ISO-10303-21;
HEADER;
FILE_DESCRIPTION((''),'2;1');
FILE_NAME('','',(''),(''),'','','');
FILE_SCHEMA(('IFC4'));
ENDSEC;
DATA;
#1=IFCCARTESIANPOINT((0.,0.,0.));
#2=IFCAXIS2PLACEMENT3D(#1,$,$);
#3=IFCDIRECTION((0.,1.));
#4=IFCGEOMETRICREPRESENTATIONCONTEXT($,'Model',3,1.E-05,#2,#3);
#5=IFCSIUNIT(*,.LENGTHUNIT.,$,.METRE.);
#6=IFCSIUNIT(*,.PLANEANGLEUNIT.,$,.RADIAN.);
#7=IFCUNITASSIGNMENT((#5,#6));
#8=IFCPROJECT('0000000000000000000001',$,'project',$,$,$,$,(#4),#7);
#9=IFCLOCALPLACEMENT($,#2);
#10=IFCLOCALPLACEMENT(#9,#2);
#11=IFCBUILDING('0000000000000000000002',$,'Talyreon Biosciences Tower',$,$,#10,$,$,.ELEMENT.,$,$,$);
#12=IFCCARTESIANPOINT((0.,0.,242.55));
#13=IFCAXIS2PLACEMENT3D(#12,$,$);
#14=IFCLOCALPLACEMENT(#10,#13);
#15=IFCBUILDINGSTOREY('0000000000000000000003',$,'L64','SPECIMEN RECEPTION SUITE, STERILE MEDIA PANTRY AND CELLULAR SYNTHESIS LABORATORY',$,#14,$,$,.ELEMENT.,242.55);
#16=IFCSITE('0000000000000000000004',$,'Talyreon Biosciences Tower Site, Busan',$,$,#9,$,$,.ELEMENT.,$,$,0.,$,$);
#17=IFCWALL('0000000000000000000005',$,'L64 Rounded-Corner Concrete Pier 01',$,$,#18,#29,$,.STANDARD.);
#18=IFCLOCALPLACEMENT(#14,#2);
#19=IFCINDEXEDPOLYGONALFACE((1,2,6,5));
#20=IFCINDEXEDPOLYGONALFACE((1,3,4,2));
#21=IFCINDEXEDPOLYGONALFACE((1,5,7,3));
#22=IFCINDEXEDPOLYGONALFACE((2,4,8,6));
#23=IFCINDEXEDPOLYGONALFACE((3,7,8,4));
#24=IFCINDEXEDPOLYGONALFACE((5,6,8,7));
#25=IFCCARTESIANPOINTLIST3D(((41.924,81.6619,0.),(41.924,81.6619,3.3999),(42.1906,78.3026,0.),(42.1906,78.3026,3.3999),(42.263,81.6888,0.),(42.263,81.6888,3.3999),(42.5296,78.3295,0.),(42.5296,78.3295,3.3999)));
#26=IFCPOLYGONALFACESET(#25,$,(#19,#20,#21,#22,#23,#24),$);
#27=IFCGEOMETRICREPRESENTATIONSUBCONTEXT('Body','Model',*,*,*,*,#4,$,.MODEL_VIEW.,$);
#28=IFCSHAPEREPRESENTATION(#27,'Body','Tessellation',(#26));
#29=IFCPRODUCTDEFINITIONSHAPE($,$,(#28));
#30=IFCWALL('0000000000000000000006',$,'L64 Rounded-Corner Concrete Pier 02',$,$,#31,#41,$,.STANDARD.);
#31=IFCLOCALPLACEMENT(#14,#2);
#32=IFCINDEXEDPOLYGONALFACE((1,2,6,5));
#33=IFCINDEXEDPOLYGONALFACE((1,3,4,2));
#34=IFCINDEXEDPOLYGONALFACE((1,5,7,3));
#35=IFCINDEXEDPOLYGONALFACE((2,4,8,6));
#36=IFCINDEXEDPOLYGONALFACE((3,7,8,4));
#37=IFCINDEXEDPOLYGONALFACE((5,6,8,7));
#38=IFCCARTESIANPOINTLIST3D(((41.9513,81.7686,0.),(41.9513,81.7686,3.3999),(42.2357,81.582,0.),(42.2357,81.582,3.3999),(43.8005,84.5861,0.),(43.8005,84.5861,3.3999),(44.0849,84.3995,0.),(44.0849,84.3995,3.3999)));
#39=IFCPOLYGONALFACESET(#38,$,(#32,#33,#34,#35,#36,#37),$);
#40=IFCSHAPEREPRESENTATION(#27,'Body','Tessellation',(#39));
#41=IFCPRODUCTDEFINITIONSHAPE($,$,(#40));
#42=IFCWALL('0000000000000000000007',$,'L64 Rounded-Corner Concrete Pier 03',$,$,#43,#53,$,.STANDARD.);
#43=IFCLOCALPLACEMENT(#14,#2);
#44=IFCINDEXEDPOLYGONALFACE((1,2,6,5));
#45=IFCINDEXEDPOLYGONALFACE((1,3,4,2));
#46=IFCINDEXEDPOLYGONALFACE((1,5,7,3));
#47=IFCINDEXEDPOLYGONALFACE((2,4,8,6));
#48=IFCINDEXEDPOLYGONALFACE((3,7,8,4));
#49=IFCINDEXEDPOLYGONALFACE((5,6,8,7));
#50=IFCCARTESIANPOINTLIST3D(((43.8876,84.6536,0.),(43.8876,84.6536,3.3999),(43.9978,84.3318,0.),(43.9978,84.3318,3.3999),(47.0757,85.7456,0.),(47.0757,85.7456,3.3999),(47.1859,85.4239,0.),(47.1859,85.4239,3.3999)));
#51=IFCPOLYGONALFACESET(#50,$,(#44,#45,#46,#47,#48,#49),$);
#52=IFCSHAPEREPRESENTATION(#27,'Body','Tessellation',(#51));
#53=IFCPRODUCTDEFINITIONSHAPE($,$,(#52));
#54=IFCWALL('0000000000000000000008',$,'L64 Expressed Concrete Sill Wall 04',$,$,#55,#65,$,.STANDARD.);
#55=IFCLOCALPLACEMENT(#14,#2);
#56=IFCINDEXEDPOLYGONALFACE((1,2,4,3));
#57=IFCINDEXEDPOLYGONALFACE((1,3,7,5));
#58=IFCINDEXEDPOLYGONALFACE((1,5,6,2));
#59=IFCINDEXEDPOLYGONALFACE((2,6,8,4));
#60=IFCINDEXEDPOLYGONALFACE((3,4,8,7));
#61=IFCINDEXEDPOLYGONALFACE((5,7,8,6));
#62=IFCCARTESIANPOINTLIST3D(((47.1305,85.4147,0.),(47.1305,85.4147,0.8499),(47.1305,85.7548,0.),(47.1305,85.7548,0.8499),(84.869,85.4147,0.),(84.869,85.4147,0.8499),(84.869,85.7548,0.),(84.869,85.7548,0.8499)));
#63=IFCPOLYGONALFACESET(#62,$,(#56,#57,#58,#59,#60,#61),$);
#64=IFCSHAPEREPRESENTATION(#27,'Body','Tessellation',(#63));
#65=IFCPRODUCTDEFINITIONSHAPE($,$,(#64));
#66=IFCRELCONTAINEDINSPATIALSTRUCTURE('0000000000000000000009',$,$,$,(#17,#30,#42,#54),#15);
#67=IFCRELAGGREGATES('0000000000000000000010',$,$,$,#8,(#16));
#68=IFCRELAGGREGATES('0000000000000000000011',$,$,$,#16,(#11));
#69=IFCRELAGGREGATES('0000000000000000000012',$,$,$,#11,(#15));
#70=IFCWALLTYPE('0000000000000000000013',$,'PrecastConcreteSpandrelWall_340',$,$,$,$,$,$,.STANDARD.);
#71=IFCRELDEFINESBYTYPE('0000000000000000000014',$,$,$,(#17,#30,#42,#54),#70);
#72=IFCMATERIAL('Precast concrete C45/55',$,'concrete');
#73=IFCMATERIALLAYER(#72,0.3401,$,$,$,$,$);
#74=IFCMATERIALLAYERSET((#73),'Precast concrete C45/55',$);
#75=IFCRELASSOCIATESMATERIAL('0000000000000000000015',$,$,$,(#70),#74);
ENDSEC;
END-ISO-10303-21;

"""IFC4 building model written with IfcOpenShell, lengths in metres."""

from ifc_helpers import new_model, si_unit, direction, frame, frame_2d, origin, place, context, subcontext, project, spatial, rectangle, extrude, material, layer, layer_set, type_object, element, save


model = new_model("IFC4")

# Units and contexts
model_context = context("Model", 3, precision=1e-05, world=origin(), true_north=direction((0.0, 1.0)))
body_context = subcontext(model_context, "Body", "Model", "MODEL_VIEW")
ifc_project = project(units=[si_unit("LENGTHUNIT", "METRE"), si_unit("PLANEANGLEUNIT", "RADIAN")], contexts=[model_context])

# Site, building, storey
site_placement = place(None, origin())
site = spatial("IfcSite", under=ifc_project, at=site_placement, Name="Talyreon Biosciences Tower Site, Busan", CompositionType="ELEMENT", RefElevation=0.0)
building_placement = place(site_placement, origin())
building = spatial("IfcBuilding", under=site, at=building_placement, Name="Talyreon Biosciences Tower", CompositionType="ELEMENT")
storey_placement = place(building_placement, frame((0.0, 0.0, 242.55)))
storey = spatial("IfcBuildingStorey", under=building, at=storey_placement, Name="L64", Description="SPECIMEN RECEPTION SUITE, STERILE MEDIA PANTRY AND CELLULAR SYNTHESIS LABORATORY", CompositionType="ELEMENT", Elevation=242.55)

# Shared definitions
ifc_material_1 = material(Name="Precast concrete C45/55", Category="concrete")

# Walls
ifc_layer_1 = layer(ifc_material_1, 0.3401)
ifc_layer_set_1 = layer_set([ifc_layer_1], Name="Precast concrete C45/55")
wall_type_1 = type_object("IfcWallType", Name="PrecastConcreteSpandrelWall_340", PredefinedType="STANDARD", material=ifc_layer_set_1)
wall_1_placement = place(storey_placement, frame((42.3601, 78.3159, 0.0), z_axis=(0.0, 0.0, 1.0), x_axis=(-0.079112, 0.996866, 0.0)))
element("IfcWall", 1, at=wall_1_placement, inside=storey, type_object=wall_type_1, Name="L64 Rounded-Corner Concrete Pier 01", PredefinedType="STANDARD", context=body_context, shape_type="SweptSolid", body=[
    extrude(rectangle(XDim=3.3699, YDim=0.3401, at=frame_2d((1.6851, 0.0))), origin(), (0.0, 0.0, 1.0), 3.3999),
])
wall_2_placement = place(storey_placement, frame((42.0935, 81.6753, 0.0), z_axis=(0.0, 0.0, 1.0), x_axis=(0.548701, 0.836019, 0.0)))
element("IfcWall", 2, at=wall_2_placement, inside=storey, type_object=wall_type_1, Name="L64 Rounded-Corner Concrete Pier 02", PredefinedType="STANDARD", context=body_context, shape_type="SweptSolid", body=[
    extrude(rectangle(XDim=3.3701, YDim=0.3401, at=frame_2d((1.6851, 0.0))), origin(), (0.0, 0.0, 1.0), 3.3999),
])
wall_3_placement = place(storey_placement, frame((43.9426, 84.4927, 0.0), z_axis=(0.0, 0.0, 1.0), x_axis=(0.946035, 0.324063, 0.0)))
element("IfcWall", 3, at=wall_3_placement, inside=storey, type_object=wall_type_1, Name="L64 Rounded-Corner Concrete Pier 03", PredefinedType="STANDARD", context=body_context, shape_type="SweptSolid", body=[
    extrude(rectangle(XDim=3.3699, YDim=0.3401, at=frame_2d((1.6851, 0.0))), origin(), (0.0, 0.0, 1.0), 3.3999),
])
wall_4_placement = place(storey_placement, frame((47.1306, 85.5847, 0.0), z_axis=(0.0, 0.0, 1.0), x_axis=(1.0, 0.0, 0.0)))
element("IfcWall", 4, at=wall_4_placement, inside=storey, type_object=wall_type_1, Name="L64 Expressed Concrete Sill Wall 04", PredefinedType="STANDARD", context=body_context, shape_type="SweptSolid", body=[
    extrude(rectangle(XDim=37.7385, YDim=0.3401, at=frame_2d((18.8691, 0.0))), origin(), (0.0, 0.0, 1.0), 0.8499),
])

save(model, "model.ifc")
